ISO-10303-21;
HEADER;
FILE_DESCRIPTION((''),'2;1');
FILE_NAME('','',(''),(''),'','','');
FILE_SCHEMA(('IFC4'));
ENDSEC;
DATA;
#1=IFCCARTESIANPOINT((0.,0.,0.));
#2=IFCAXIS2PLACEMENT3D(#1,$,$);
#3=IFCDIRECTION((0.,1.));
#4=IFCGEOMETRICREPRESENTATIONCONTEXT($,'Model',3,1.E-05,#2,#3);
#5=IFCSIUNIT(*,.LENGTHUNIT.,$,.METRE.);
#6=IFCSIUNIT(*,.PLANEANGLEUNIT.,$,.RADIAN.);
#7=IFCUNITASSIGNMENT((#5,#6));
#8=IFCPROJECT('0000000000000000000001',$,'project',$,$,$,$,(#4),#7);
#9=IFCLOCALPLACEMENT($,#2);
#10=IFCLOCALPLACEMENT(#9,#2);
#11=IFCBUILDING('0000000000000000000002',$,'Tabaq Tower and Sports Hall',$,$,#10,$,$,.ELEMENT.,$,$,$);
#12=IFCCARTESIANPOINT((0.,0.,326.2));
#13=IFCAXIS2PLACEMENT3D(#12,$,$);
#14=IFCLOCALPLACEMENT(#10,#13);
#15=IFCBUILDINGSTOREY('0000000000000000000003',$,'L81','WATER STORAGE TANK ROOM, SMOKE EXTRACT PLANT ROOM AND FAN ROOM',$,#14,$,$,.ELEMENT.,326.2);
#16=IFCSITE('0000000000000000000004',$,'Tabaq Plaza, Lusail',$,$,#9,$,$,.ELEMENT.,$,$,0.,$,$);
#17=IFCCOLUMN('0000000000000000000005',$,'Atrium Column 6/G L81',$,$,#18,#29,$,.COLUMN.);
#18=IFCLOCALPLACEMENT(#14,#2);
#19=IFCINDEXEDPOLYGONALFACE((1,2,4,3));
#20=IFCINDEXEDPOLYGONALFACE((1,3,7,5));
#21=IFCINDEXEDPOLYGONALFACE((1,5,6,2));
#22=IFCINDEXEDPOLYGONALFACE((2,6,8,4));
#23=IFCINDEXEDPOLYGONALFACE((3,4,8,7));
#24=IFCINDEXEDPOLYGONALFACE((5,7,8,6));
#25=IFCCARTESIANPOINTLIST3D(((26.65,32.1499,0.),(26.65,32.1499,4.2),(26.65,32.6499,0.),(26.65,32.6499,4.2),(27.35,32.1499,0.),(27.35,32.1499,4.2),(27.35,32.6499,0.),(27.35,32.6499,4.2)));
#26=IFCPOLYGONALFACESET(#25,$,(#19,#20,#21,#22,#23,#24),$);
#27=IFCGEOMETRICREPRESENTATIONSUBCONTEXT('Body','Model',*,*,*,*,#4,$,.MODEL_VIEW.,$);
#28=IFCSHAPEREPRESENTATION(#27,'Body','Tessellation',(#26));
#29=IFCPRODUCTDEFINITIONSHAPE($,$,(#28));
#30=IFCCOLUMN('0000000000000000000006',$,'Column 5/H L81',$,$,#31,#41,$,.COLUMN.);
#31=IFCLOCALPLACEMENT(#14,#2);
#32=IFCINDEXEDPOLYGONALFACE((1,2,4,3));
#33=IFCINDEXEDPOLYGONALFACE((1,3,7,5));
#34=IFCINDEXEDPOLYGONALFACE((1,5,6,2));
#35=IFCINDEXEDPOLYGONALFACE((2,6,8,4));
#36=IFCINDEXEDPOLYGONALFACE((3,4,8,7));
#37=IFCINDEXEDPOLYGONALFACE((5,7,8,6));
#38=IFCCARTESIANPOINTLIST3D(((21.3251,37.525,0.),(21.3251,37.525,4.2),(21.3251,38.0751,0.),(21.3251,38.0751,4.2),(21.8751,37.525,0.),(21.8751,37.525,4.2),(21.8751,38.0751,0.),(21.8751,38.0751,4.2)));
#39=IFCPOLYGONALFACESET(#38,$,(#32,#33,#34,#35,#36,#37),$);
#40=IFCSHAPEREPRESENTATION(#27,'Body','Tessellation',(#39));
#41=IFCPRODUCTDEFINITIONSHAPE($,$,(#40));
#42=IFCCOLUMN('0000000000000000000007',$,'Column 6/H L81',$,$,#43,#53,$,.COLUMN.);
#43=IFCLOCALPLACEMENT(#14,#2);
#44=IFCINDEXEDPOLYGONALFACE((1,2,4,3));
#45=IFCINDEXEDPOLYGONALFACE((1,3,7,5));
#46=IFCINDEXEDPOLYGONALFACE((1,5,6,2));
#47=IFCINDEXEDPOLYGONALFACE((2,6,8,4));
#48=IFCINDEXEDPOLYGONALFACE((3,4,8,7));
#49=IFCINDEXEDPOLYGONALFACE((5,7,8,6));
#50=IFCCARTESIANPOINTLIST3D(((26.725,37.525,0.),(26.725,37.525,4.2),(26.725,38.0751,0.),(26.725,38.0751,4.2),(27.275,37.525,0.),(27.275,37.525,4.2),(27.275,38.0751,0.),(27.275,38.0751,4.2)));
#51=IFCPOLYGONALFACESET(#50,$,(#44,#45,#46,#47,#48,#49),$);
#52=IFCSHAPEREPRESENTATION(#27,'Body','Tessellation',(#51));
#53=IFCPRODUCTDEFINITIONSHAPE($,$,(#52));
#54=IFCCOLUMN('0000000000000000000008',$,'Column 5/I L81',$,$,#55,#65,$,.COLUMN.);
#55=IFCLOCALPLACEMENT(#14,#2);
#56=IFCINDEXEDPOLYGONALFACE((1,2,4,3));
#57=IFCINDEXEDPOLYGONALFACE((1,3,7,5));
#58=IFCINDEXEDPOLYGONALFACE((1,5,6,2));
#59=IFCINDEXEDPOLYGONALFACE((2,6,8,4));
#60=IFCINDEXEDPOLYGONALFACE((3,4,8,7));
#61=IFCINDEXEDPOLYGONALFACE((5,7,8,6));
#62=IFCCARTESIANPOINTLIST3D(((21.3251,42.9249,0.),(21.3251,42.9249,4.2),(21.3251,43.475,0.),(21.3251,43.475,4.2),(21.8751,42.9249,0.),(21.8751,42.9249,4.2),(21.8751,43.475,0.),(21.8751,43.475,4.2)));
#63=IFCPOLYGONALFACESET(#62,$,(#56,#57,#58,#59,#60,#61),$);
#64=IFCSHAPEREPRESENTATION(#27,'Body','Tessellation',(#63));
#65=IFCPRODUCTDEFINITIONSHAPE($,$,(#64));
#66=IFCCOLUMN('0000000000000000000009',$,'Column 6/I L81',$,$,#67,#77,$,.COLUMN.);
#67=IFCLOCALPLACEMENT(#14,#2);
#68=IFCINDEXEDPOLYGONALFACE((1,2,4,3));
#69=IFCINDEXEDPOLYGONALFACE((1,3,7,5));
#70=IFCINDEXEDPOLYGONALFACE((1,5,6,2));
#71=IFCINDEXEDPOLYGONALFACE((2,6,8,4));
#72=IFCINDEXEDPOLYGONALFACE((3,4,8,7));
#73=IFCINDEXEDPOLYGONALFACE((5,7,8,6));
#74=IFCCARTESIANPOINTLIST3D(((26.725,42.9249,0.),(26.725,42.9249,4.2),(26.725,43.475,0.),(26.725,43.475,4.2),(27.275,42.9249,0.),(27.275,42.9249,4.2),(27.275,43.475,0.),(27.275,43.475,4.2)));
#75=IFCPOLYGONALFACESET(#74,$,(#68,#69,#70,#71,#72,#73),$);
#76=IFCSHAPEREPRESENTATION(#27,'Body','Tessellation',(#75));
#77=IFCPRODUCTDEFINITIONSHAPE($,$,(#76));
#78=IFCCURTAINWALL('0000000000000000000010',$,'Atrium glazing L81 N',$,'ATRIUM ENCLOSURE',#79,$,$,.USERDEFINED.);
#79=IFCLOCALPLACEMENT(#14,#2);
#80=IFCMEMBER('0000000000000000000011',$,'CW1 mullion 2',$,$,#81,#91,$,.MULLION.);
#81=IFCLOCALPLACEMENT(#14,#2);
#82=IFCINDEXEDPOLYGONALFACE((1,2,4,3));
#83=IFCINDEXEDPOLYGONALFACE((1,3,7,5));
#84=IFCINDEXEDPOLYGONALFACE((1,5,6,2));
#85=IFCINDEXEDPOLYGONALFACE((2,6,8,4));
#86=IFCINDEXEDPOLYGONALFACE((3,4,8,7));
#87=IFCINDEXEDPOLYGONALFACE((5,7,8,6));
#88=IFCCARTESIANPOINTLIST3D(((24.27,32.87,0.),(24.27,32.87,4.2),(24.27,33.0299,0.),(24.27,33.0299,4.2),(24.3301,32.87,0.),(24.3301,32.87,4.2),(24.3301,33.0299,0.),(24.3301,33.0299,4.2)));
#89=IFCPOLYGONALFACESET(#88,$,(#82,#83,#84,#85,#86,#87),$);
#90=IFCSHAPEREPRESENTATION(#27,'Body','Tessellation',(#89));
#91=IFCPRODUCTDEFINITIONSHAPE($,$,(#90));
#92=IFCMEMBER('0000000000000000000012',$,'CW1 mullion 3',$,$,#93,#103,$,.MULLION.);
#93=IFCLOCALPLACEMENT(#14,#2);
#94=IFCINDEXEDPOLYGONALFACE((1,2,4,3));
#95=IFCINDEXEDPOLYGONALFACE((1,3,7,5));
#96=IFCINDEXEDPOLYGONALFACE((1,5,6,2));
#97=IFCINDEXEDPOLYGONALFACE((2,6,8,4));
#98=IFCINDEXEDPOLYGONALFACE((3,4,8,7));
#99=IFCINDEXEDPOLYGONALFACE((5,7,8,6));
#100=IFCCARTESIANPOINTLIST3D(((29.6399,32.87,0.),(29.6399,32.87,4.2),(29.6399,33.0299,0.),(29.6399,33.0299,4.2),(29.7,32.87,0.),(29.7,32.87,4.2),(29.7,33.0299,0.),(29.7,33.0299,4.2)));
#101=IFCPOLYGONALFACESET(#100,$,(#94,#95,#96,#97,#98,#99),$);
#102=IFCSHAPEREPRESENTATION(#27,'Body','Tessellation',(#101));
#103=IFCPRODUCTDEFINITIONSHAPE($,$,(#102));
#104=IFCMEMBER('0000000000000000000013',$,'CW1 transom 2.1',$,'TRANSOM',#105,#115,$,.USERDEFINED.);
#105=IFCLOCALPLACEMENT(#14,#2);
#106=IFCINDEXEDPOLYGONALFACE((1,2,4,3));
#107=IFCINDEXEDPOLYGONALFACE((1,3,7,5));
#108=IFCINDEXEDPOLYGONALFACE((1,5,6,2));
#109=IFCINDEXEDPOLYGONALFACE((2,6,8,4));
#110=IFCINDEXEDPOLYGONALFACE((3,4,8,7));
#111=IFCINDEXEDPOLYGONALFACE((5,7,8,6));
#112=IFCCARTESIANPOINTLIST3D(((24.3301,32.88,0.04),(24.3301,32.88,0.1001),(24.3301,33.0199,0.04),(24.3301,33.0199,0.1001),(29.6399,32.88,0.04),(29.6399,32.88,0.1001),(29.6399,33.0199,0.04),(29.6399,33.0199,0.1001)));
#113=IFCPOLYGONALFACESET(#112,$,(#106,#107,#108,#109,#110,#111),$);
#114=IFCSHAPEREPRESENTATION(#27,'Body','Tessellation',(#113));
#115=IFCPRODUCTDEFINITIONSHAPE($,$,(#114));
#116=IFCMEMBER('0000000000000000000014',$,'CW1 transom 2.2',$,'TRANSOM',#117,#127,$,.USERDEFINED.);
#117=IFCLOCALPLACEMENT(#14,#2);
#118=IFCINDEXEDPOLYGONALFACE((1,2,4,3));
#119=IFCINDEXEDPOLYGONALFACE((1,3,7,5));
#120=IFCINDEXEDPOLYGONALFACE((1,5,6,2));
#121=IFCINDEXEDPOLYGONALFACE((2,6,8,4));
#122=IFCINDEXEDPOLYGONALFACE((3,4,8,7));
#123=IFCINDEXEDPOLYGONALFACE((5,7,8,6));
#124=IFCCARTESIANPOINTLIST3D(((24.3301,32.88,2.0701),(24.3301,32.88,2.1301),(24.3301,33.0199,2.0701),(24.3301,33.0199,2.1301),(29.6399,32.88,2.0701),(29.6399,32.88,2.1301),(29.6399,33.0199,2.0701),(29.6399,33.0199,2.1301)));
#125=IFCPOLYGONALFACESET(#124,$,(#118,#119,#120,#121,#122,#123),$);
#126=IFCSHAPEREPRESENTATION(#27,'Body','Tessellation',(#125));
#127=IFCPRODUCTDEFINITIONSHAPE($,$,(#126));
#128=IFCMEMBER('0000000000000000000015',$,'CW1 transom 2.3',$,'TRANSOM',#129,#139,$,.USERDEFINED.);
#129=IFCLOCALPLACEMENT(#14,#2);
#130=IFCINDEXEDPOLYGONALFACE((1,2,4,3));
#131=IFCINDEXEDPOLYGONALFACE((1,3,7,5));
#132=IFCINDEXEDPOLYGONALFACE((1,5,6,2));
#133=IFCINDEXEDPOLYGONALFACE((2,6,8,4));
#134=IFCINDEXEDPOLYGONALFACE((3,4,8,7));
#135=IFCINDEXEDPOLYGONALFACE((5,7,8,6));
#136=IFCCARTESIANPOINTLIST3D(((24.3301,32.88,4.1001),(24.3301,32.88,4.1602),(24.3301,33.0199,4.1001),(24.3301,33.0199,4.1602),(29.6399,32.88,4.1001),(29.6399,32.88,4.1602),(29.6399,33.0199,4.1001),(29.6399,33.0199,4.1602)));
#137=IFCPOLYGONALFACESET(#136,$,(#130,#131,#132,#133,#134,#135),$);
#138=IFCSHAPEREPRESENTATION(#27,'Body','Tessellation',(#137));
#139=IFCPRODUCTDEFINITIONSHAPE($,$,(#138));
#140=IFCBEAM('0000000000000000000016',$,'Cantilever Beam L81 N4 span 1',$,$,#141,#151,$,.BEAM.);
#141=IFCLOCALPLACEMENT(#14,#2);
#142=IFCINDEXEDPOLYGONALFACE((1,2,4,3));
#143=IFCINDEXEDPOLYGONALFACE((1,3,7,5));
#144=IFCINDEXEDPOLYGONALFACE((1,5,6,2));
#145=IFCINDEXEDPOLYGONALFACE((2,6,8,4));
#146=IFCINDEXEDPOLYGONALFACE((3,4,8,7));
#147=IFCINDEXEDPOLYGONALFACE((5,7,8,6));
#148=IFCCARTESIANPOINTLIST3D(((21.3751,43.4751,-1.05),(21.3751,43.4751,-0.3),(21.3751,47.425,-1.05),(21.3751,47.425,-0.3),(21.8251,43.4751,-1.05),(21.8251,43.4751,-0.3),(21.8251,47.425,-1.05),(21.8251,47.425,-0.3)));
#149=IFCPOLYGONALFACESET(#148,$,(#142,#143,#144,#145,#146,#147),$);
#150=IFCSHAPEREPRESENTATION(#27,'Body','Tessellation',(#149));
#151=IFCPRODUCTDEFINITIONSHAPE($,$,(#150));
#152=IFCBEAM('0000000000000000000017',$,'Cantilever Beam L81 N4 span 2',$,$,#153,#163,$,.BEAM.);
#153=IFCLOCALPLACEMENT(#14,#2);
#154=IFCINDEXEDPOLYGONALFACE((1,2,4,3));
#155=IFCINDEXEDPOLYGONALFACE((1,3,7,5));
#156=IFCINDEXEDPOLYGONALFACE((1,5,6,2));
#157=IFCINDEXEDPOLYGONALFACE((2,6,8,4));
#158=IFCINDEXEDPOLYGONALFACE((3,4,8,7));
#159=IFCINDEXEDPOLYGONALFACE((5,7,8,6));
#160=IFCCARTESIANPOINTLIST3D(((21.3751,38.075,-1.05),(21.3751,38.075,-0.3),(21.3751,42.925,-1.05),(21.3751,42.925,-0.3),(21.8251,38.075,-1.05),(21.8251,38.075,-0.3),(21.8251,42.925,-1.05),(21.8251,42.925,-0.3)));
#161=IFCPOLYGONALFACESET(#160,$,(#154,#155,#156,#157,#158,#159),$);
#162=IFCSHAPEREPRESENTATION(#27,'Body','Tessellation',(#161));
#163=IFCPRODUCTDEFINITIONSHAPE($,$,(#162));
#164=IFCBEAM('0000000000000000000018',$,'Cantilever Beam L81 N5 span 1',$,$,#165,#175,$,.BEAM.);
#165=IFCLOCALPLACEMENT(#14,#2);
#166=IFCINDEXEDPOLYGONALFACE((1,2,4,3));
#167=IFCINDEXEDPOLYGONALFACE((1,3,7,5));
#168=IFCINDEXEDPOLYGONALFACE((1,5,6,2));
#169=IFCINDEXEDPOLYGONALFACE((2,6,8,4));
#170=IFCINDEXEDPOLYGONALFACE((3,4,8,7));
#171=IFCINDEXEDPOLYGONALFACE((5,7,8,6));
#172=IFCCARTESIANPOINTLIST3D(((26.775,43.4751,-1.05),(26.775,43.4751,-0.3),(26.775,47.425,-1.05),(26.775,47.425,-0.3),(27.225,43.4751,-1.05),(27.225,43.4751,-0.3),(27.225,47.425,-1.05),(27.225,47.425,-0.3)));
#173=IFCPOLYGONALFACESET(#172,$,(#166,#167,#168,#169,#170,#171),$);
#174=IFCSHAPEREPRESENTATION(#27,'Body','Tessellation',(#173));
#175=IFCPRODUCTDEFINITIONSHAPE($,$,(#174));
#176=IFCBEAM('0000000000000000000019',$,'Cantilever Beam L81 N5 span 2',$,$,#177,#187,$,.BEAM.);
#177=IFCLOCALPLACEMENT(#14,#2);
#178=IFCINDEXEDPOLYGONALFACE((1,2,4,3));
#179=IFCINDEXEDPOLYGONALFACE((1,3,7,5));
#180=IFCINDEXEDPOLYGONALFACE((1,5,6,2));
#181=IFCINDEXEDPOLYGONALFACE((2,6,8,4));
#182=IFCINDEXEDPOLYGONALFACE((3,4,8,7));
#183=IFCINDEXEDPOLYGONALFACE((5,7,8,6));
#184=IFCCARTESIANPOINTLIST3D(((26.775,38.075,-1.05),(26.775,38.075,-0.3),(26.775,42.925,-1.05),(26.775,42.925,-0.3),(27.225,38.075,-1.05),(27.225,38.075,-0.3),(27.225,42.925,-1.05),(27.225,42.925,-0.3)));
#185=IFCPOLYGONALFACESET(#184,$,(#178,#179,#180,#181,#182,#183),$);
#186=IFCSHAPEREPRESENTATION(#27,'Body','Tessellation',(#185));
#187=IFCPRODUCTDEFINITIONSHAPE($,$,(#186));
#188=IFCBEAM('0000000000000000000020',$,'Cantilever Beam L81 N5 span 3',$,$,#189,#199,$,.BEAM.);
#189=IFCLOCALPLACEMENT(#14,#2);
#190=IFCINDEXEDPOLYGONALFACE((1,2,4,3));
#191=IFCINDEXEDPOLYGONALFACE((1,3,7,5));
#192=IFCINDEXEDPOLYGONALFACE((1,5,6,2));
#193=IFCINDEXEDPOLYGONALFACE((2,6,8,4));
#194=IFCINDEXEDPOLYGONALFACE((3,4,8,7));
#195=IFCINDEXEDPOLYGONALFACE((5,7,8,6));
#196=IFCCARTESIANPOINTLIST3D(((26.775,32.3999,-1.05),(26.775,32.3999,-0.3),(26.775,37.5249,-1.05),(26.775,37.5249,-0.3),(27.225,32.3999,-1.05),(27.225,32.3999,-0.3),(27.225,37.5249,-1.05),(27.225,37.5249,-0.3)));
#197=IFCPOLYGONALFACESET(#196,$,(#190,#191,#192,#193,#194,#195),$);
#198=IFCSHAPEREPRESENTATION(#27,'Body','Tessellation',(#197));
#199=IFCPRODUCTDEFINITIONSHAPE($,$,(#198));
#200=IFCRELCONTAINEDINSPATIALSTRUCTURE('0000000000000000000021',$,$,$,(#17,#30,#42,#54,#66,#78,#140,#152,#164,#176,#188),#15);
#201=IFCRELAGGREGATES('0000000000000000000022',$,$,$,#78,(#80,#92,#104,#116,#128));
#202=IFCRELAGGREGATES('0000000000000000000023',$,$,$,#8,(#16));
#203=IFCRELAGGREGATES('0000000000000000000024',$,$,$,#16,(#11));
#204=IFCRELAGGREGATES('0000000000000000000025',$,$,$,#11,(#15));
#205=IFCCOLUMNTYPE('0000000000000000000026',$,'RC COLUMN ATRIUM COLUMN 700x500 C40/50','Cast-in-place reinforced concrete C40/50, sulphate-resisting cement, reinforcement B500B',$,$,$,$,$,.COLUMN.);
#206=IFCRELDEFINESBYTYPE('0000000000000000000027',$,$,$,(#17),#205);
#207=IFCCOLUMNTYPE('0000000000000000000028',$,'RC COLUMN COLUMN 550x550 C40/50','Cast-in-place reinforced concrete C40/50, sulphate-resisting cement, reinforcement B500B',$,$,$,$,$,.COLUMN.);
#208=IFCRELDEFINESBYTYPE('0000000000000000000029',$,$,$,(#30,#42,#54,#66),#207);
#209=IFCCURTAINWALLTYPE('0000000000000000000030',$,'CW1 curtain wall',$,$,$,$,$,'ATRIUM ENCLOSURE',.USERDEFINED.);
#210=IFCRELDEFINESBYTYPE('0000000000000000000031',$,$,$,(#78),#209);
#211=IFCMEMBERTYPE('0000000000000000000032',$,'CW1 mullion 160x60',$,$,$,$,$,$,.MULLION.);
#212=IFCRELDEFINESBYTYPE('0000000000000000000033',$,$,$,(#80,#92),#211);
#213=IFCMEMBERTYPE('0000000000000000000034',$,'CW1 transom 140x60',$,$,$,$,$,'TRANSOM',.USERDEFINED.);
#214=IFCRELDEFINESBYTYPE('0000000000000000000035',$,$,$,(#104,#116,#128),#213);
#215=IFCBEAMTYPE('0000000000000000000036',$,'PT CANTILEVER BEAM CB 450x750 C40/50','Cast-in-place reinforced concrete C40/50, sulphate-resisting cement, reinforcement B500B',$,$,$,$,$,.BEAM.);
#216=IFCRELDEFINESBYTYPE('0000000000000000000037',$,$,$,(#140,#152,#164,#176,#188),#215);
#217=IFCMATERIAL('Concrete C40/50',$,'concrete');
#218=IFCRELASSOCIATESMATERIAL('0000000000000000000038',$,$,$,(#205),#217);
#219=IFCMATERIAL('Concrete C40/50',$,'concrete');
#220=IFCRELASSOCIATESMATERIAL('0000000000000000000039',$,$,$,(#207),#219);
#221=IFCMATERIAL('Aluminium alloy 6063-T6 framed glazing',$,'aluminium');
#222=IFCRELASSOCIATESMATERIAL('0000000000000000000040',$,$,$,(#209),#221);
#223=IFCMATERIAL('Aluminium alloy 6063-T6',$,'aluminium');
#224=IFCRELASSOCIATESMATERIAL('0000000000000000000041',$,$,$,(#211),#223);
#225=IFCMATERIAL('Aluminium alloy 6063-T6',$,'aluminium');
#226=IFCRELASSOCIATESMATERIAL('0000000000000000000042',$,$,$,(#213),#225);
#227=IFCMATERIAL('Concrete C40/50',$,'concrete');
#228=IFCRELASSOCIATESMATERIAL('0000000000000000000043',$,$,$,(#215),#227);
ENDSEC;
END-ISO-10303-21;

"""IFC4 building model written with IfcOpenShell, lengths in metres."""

from ifc_helpers import new_model, si_unit, direction, frame, origin, origin_2d, place, context, subcontext, project, spatial, rectangle, extrude, material, material_profile, profile_set, type_object, element, aggregate, save


model = new_model("IFC4")

# Units and contexts
model_context = context("Model", 3, precision=1e-05, world=origin(), true_north=direction((0.0, 1.0)))
body_context = subcontext(model_context, "Body", "Model", "MODEL_VIEW")
ifc_project = project(units=[si_unit("LENGTHUNIT", "METRE"), si_unit("PLANEANGLEUNIT", "RADIAN")], contexts=[model_context])

# Site, building, storey
site_placement = place(None, origin())
site = spatial("IfcSite", under=ifc_project, at=site_placement, Name="Tabaq Plaza, Lusail", CompositionType="ELEMENT", RefElevation=0.0)
building_placement = place(site_placement, origin())
building = spatial("IfcBuilding", under=site, at=building_placement, Name="Tabaq Tower and Sports Hall", CompositionType="ELEMENT")
storey_placement = place(building_placement, frame((0.0, 0.0, 326.2)))
storey = spatial("IfcBuildingStorey", under=building, at=storey_placement, Name="L81", Description="WATER STORAGE TANK ROOM, SMOKE EXTRACT PLANT ROOM AND FAN ROOM", CompositionType="ELEMENT", Elevation=326.2)

# Columns
ifc_material_1 = material(Name="Concrete C40/50", Category="concrete")
ifc_material_profile_1 = material_profile(ifc_material_1, rectangle(XDim=0.7, YDim=0.5, at=origin_2d()), Name="ATRIUM COLUMN 700x500")
ifc_profile_set_1 = profile_set([ifc_material_profile_1], Name="Concrete C40/50")
column_type_1 = type_object("IfcColumnType", Name="RC COLUMN ATRIUM COLUMN 700x500 C40/50", Description="Cast-in-place reinforced concrete C40/50, sulphate-resisting cement, reinforcement B500B", PredefinedType="COLUMN", material=ifc_profile_set_1)
column_placement = place(storey_placement, frame((27.0, 32.3999, 0.0), z_axis=(0.0, 0.0, 1.0), x_axis=(1.0, 0.0, 0.0)))
element("IfcColumn", 1, at=column_placement, inside=storey, type_object=column_type_1, Name="Atrium Column 6/G L81", PredefinedType="COLUMN", context=body_context, shape_type="SweptSolid", body=[
    extrude(rectangle(XDim=0.7, YDim=0.5, at=origin_2d()), origin(), (0.0, 0.0, 1.0), 4.2),
])
ifc_material_2 = material(Name="Concrete C40/50", Category="concrete")
ifc_material_profile_2 = material_profile(ifc_material_2, rectangle(XDim=0.55, YDim=0.55, at=origin_2d()), Name="COLUMN 550x550")
ifc_profile_set_2 = profile_set([ifc_material_profile_2], Name="Concrete C40/50")
column_type_2 = type_object("IfcColumnType", Name="RC COLUMN COLUMN 550x550 C40/50", Description="Cast-in-place reinforced concrete C40/50, sulphate-resisting cement, reinforcement B500B", PredefinedType="COLUMN", material=ifc_profile_set_2)
for number, where, z_axis, x_axis, name in (
    (2, (21.6001, 37.8, 0.0), (0.0, 0.0, 1.0), (1.0, 0.0, 0.0), "Column 5/H L81"),
    (3, (27.0, 37.8, 0.0), (0.0, 0.0, 1.0), (1.0, 0.0, 0.0), "Column 6/H L81"),
    (4, (21.6001, 43.2, 0.0), (0.0, 0.0, 1.0), (1.0, 0.0, 0.0), "Column 5/I L81"),
    (5, (27.0, 43.2, 0.0), (0.0, 0.0, 1.0), (1.0, 0.0, 0.0), "Column 6/I L81"),
):
    element("IfcColumn", number, at=place(storey_placement, frame(where, z_axis=z_axis, x_axis=x_axis)), inside=storey, type_object=column_type_2, Name=name, PredefinedType="COLUMN", context=body_context, shape_type="SweptSolid", body=[
        extrude(rectangle(XDim=0.55, YDim=0.55, at=origin_2d()), origin(), (0.0, 0.0, 1.0), 4.2),
    ])

# Curtain wall, members
ifc_material_3 = material(Name="Aluminium alloy 6063-T6 framed glazing", Category="aluminium")
curtain_wall_type = type_object("IfcCurtainWallType", Name="CW1 curtain wall", ElementType="ATRIUM ENCLOSURE", PredefinedType="USERDEFINED", material=ifc_material_3)
curtain_wall_placement = place(storey_placement, origin())
curtain_wall = element("IfcCurtainWall", 6, at=curtain_wall_placement, inside=storey, type_object=curtain_wall_type, Name="Atrium glazing L81 N", ObjectType="ATRIUM ENCLOSURE", PredefinedType="USERDEFINED")
ifc_material_4 = material(Name="Aluminium alloy 6063-T6", Category="aluminium")
ifc_material_profile_3 = material_profile(ifc_material_4, rectangle(XDim=0.1599, YDim=0.0601, at=origin_2d()), Name="MULLION 160x60")
ifc_profile_set_3 = profile_set([ifc_material_profile_3], Name="Aluminium alloy 6063-T6")
member_type_1 = type_object("IfcMemberType", Name="CW1 mullion 160x60", PredefinedType="MULLION", material=ifc_profile_set_3)
member_1_placement = place(storey_placement, frame((24.3, 32.95, 0.0), z_axis=(0.0, 0.0, 1.0), x_axis=(0.0, 1.0, 0.0)))
member_1 = element("IfcMember", 7, at=member_1_placement, type_object=member_type_1, Name="CW1 mullion 2", PredefinedType="MULLION", context=body_context, shape_type="SweptSolid", body=[
    extrude(rectangle(XDim=0.1599, YDim=0.0601, at=origin_2d()), origin(), (0.0, 0.0, 1.0), 4.2),
])
member_2_placement = place(storey_placement, frame((29.6699, 32.95, 0.0), z_axis=(0.0, 0.0, 1.0), x_axis=(0.0, 1.0, 0.0)))
member_2 = element("IfcMember", 8, at=member_2_placement, type_object=member_type_1, Name="CW1 mullion 3", PredefinedType="MULLION", context=body_context, shape_type="SweptSolid", body=[
    extrude(rectangle(XDim=0.1599, YDim=0.0601, at=origin_2d()), origin(), (0.0, 0.0, 1.0), 4.2),
])
ifc_material_5 = material(Name="Aluminium alloy 6063-T6", Category="aluminium")
ifc_material_profile_4 = material_profile(ifc_material_5, rectangle(XDim=0.1399, YDim=0.0601, at=origin_2d()), Name="TRANSOM 140x60")
ifc_profile_set_4 = profile_set([ifc_material_profile_4], Name="Aluminium alloy 6063-T6")
member_type_2 = type_object("IfcMemberType", Name="CW1 transom 140x60", ElementType="TRANSOM", PredefinedType="USERDEFINED", material=ifc_profile_set_4)
member_3_placement = place(storey_placement, frame((24.3301, 32.95, 0.0701), z_axis=(1.0, 0.0, 0.0), x_axis=(0.0, 1.0, 0.0)))
member_3 = element("IfcMember", 9, at=member_3_placement, type_object=member_type_2, Name="CW1 transom 2.1", ObjectType="TRANSOM", PredefinedType="USERDEFINED", context=body_context, shape_type="SweptSolid", body=[
    extrude(rectangle(XDim=0.1399, YDim=0.0601, at=origin_2d()), origin(), (0.0, 0.0, 1.0), 5.3098),
])
member_4_placement = place(storey_placement, frame((24.3301, 32.95, 2.1001), z_axis=(1.0, 0.0, 0.0), x_axis=(0.0, 1.0, 0.0)))
member_4 = element("IfcMember", 10, at=member_4_placement, type_object=member_type_2, Name="CW1 transom 2.2", ObjectType="TRANSOM", PredefinedType="USERDEFINED", context=body_context, shape_type="SweptSolid", body=[
    extrude(rectangle(XDim=0.1399, YDim=0.0601, at=origin_2d()), origin(), (0.0, 0.0, 1.0), 5.3098),
])
member_5_placement = place(storey_placement, frame((24.3301, 32.95, 4.1301), z_axis=(1.0, 0.0, 0.0), x_axis=(0.0, 1.0, 0.0)))
member_5 = element("IfcMember", 11, at=member_5_placement, type_object=member_type_2, Name="CW1 transom 2.3", ObjectType="TRANSOM", PredefinedType="USERDEFINED", context=body_context, shape_type="SweptSolid", body=[
    extrude(rectangle(XDim=0.1399, YDim=0.0601, at=origin_2d()), origin(), (0.0, 0.0, 1.0), 5.3098),
])

# Beams
ifc_material_6 = material(Name="Concrete C40/50", Category="concrete")
ifc_material_profile_5 = material_profile(ifc_material_6, rectangle(XDim=0.45, YDim=0.75, at=origin_2d()), Name="CB 450x750")
ifc_profile_set_5 = profile_set([ifc_material_profile_5], Name="Concrete C40/50")
beam_type = type_object("IfcBeamType", Name="PT CANTILEVER BEAM CB 450x750 C40/50", Description="Cast-in-place reinforced concrete C40/50, sulphate-resisting cement, reinforcement B500B", PredefinedType="BEAM", material=ifc_profile_set_5)
beam_1_placement = place(storey_placement, frame((21.6001, 47.425, -0.675), z_axis=(0.0, -1.0, 0.0), x_axis=(1.0, 0.0, 0.0)))
element("IfcBeam", 12, at=beam_1_placement, inside=storey, type_object=beam_type, Name="Cantilever Beam L81 N4 span 1", PredefinedType="BEAM", context=body_context, shape_type="SweptSolid", body=[
    extrude(rectangle(XDim=0.45, YDim=0.75, at=origin_2d()), origin(), (0.0, 0.0, 1.0), 3.95),
])
beam_2_placement = place(storey_placement, frame((21.6001, 42.925, -0.675), z_axis=(0.0, -1.0, 0.0), x_axis=(1.0, 0.0, 0.0)))
element("IfcBeam", 13, at=beam_2_placement, inside=storey, type_object=beam_type, Name="Cantilever Beam L81 N4 span 2", PredefinedType="BEAM", context=body_context, shape_type="SweptSolid", body=[
    extrude(rectangle(XDim=0.45, YDim=0.75, at=origin_2d()), origin(), (0.0, 0.0, 1.0), 4.8501),
])
beam_3_placement = place(storey_placement, frame((27.0, 47.425, -0.675), z_axis=(0.0, -1.0, 0.0), x_axis=(1.0, 0.0, 0.0)))
element("IfcBeam", 14, at=beam_3_placement, inside=storey, type_object=beam_type, Name="Cantilever Beam L81 N5 span 1", PredefinedType="BEAM", context=body_context, shape_type="SweptSolid", body=[
    extrude(rectangle(XDim=0.45, YDim=0.75, at=origin_2d()), origin(), (0.0, 0.0, 1.0), 3.95),
])
beam_4_placement = place(storey_placement, frame((27.0, 42.925, -0.675), z_axis=(0.0, -1.0, 0.0), x_axis=(1.0, 0.0, 0.0)))
element("IfcBeam", 15, at=beam_4_placement, inside=storey, type_object=beam_type, Name="Cantilever Beam L81 N5 span 2", PredefinedType="BEAM", context=body_context, shape_type="SweptSolid", body=[
    extrude(rectangle(XDim=0.45, YDim=0.75, at=origin_2d()), origin(), (0.0, 0.0, 1.0), 4.8501),
])
beam_5_placement = place(storey_placement, frame((27.0, 37.5249, -0.675), z_axis=(0.0, -1.0, 0.0), x_axis=(1.0, 0.0, 0.0)))
element("IfcBeam", 16, at=beam_5_placement, inside=storey, type_object=beam_type, Name="Cantilever Beam L81 N5 span 3", PredefinedType="BEAM", context=body_context, shape_type="SweptSolid", body=[
    extrude(rectangle(XDim=0.45, YDim=0.75, at=origin_2d()), origin(), (0.0, 0.0, 1.0), 5.125),
])

aggregate(curtain_wall, [member_1, member_2, member_3, member_4, member_5])

save(model, "model.ifc")
